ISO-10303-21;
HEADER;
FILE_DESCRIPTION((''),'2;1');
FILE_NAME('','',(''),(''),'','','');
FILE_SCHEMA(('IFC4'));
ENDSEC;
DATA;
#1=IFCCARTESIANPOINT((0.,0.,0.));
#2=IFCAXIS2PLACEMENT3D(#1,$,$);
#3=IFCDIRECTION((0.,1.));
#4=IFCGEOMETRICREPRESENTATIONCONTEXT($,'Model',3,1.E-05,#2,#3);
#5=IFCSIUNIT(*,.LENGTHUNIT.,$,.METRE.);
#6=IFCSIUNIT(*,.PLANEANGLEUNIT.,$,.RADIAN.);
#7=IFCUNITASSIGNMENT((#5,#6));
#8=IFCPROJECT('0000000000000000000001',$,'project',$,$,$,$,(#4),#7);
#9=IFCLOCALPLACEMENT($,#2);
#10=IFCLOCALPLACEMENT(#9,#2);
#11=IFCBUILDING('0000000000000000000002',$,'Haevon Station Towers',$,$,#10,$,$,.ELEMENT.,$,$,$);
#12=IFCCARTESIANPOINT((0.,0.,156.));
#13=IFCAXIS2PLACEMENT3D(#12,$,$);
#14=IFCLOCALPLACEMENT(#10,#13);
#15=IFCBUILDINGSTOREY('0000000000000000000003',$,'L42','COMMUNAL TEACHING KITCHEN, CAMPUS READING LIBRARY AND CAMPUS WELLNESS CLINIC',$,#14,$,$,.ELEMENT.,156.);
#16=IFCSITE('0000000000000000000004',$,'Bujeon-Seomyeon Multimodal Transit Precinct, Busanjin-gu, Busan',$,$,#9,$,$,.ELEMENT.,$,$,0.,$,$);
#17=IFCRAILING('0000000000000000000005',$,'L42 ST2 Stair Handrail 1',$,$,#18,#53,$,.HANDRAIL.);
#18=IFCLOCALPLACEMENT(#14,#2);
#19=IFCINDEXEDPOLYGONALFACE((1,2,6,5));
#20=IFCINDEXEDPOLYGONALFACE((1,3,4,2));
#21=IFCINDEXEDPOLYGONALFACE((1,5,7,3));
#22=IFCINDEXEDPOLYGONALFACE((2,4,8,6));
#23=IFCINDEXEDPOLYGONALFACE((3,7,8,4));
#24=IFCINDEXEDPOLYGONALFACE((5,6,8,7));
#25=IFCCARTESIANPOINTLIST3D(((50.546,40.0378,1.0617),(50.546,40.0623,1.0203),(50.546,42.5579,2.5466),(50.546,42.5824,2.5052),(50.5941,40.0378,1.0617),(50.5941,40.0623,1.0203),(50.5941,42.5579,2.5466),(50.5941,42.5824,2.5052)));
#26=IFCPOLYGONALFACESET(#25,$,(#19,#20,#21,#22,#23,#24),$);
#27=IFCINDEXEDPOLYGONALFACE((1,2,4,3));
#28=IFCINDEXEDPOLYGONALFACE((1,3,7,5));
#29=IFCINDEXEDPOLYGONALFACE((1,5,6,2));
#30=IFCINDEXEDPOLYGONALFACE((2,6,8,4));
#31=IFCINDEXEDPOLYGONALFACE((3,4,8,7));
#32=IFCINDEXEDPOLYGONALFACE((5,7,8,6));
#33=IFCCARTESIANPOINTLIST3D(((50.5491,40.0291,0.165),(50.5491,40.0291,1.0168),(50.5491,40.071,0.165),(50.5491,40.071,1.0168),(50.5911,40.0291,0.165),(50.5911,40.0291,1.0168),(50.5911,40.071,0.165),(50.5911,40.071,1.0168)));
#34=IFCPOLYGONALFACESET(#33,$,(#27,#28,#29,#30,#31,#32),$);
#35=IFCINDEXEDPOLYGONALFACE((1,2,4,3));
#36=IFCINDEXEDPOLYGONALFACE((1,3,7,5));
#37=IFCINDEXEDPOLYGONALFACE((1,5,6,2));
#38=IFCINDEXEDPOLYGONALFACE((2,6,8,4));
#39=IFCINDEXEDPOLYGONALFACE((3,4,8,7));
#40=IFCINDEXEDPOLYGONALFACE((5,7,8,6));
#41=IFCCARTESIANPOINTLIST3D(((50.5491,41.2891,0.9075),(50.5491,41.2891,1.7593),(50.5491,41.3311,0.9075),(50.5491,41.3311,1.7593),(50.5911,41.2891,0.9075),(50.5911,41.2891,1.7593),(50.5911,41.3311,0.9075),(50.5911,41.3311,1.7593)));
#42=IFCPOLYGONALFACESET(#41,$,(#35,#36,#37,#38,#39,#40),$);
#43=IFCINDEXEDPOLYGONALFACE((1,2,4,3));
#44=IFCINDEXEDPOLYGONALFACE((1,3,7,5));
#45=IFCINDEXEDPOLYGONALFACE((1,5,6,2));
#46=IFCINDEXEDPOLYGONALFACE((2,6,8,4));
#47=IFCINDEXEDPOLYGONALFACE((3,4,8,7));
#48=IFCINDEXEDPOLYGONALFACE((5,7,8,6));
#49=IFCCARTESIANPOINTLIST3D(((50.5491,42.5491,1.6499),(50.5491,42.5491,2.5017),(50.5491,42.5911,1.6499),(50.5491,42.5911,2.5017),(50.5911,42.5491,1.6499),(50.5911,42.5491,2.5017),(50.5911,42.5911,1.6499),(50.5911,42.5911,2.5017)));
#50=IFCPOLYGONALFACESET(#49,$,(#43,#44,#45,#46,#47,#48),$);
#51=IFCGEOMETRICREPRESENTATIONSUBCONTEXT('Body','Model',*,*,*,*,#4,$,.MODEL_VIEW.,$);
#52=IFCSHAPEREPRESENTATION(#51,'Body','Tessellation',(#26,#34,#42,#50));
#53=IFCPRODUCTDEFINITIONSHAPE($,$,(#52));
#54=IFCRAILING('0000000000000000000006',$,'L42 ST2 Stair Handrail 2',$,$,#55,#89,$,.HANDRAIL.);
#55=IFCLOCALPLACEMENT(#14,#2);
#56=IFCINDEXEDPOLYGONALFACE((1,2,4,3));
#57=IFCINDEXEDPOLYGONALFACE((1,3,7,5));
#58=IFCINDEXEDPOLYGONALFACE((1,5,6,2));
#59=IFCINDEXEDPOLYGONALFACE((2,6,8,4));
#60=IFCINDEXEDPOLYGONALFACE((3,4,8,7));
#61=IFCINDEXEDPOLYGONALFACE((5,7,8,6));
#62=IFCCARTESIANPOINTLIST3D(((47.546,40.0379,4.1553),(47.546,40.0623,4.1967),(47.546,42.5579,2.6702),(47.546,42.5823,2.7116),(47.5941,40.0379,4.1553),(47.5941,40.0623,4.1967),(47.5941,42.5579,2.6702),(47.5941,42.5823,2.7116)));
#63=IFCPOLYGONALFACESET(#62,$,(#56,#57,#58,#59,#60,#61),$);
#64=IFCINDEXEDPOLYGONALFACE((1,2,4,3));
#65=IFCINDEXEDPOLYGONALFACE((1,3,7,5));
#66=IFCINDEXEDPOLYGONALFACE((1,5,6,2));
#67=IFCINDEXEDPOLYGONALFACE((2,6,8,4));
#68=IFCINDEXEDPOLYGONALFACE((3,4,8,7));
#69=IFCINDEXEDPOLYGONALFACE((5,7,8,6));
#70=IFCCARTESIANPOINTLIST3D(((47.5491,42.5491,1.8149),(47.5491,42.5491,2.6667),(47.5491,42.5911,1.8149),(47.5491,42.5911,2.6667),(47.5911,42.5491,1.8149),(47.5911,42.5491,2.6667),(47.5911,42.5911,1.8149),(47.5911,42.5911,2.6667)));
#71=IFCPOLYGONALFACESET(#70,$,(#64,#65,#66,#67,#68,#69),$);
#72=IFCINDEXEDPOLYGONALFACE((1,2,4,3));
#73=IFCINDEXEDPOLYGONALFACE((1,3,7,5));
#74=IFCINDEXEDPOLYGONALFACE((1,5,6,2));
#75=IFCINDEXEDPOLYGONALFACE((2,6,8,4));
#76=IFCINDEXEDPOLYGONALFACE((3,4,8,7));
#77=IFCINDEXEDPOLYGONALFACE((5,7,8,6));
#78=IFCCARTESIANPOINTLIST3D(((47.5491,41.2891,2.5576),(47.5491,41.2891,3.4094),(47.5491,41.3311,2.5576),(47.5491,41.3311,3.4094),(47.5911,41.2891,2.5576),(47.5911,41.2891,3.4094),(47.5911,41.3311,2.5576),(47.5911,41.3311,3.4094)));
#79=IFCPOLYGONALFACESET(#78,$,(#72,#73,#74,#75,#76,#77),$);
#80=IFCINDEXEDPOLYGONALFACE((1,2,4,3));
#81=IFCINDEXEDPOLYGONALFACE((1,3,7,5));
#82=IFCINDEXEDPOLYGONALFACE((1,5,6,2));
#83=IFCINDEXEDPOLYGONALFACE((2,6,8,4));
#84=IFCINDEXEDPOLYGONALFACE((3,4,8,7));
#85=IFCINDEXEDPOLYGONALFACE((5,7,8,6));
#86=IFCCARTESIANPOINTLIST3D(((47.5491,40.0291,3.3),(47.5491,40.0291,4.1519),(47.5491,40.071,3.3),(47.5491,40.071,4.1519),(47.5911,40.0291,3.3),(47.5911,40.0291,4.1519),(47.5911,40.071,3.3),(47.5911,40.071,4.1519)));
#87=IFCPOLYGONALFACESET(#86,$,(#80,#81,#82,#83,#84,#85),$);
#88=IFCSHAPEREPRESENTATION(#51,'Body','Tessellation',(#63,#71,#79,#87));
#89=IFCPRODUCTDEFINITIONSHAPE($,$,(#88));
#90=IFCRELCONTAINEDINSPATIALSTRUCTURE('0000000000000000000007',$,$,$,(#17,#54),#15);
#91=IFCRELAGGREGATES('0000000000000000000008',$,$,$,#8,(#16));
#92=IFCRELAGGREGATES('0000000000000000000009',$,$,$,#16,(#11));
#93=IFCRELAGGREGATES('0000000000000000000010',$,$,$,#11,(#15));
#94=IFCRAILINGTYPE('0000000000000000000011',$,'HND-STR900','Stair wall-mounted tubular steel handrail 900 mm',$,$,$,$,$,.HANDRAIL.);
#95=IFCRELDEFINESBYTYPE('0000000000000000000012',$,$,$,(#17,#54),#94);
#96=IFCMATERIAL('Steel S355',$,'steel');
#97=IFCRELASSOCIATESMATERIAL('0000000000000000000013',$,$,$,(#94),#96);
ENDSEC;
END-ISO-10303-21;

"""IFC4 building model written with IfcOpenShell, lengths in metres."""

from ifc_helpers import new_model, si_unit, direction, frame, origin, origin_2d, place, context, subcontext, project, spatial, rectangle, extrude, material, type_object, element, save


model = new_model("IFC4")

# Units and contexts
model_context = context("Model", 3, precision=1e-05, world=origin(), true_north=direction((0.0, 1.0)))
body_context = subcontext(model_context, "Body", "Model", "MODEL_VIEW")
ifc_project = project(units=[si_unit("LENGTHUNIT", "METRE"), si_unit("PLANEANGLEUNIT", "RADIAN")], contexts=[model_context])

# Site, building, storey
site_placement = place(None, origin())
site = spatial("IfcSite", under=ifc_project, at=site_placement, Name="Bujeon-Seomyeon Multimodal Transit Precinct, Busanjin-gu, Busan", CompositionType="ELEMENT", RefElevation=0.0)
building_placement = place(site_placement, origin())
building = spatial("IfcBuilding", under=site, at=building_placement, Name="Haevon Station Towers", CompositionType="ELEMENT")
storey_placement = place(building_placement, frame((0.0, 0.0, 156.0)))
storey = spatial("IfcBuildingStorey", under=building, at=storey_placement, Name="L42", Description="COMMUNAL TEACHING KITCHEN, CAMPUS READING LIBRARY AND CAMPUS WELLNESS CLINIC", CompositionType="ELEMENT", Elevation=156.0)

# Shared definitions
ifc_material_1 = material(Name="Steel S355", Category="steel")

# Railings
railing_type_1 = type_object("IfcRailingType", Name="HND-STR900", Description="Stair wall-mounted tubular steel handrail 900 mm", PredefinedType="HANDRAIL", material=ifc_material_1)
railing_1_placement = place(storey_placement, frame((50.5701, 40.05, 0.165)))
element("IfcRailing", 1, at=railing_1_placement, inside=storey, type_object=railing_type_1, Name="L42 ST2 Stair Handrail 1", PredefinedType="HANDRAIL", context=body_context, shape_type="SweptSolid", body=[
    extrude(rectangle(XDim=0.0481, YDim=0.0481, at=origin_2d()), frame((0.0, 0.0, 0.876), z_axis=(0.0, 0.861561, 0.507655), x_axis=(-1.0, 0.0, 0.0)), (0.0, 0.0, 1.0), 2.925),
    extrude(rectangle(XDim=0.042, YDim=0.042, at=origin_2d()), origin(), (0.0, 0.0, 1.0), 0.8518),
    extrude(rectangle(XDim=0.042, YDim=0.042, at=origin_2d()), frame((0.0, 1.26, 0.7424)), (0.0, 0.0, 1.0), 0.8518),
    extrude(rectangle(XDim=0.042, YDim=0.042, at=origin_2d()), frame((0.0, 2.52, 1.4849)), (0.0, 0.0, 1.0), 0.8518),
])
railing_2_placement = place(storey_placement, frame((47.5701, 42.5701, 1.8149)))
element("IfcRailing", 2, at=railing_2_placement, inside=storey, type_object=railing_type_1, Name="L42 ST2 Stair Handrail 2", PredefinedType="HANDRAIL", context=body_context, shape_type="SweptSolid", body=[
    extrude(rectangle(XDim=0.0481, YDim=0.0481, at=origin_2d()), frame((0.0, 0.0, 0.876), z_axis=(0.0, -0.861524, 0.507717), x_axis=(1.0, 0.0, 0.0)), (0.0, 0.0, 1.0), 2.925),
    extrude(rectangle(XDim=0.042, YDim=0.042, at=origin_2d()), origin(), (0.0, 0.0, 1.0), 0.8518),
    extrude(rectangle(XDim=0.042, YDim=0.042, at=origin_2d()), frame((0.0, -1.26, 0.7427)), (0.0, 0.0, 1.0), 0.8518),
    extrude(rectangle(XDim=0.042, YDim=0.042, at=origin_2d()), frame((0.0, -2.52, 1.4851)), (0.0, 0.0, 1.0), 0.8518),
])

save(model, "model.ifc")
